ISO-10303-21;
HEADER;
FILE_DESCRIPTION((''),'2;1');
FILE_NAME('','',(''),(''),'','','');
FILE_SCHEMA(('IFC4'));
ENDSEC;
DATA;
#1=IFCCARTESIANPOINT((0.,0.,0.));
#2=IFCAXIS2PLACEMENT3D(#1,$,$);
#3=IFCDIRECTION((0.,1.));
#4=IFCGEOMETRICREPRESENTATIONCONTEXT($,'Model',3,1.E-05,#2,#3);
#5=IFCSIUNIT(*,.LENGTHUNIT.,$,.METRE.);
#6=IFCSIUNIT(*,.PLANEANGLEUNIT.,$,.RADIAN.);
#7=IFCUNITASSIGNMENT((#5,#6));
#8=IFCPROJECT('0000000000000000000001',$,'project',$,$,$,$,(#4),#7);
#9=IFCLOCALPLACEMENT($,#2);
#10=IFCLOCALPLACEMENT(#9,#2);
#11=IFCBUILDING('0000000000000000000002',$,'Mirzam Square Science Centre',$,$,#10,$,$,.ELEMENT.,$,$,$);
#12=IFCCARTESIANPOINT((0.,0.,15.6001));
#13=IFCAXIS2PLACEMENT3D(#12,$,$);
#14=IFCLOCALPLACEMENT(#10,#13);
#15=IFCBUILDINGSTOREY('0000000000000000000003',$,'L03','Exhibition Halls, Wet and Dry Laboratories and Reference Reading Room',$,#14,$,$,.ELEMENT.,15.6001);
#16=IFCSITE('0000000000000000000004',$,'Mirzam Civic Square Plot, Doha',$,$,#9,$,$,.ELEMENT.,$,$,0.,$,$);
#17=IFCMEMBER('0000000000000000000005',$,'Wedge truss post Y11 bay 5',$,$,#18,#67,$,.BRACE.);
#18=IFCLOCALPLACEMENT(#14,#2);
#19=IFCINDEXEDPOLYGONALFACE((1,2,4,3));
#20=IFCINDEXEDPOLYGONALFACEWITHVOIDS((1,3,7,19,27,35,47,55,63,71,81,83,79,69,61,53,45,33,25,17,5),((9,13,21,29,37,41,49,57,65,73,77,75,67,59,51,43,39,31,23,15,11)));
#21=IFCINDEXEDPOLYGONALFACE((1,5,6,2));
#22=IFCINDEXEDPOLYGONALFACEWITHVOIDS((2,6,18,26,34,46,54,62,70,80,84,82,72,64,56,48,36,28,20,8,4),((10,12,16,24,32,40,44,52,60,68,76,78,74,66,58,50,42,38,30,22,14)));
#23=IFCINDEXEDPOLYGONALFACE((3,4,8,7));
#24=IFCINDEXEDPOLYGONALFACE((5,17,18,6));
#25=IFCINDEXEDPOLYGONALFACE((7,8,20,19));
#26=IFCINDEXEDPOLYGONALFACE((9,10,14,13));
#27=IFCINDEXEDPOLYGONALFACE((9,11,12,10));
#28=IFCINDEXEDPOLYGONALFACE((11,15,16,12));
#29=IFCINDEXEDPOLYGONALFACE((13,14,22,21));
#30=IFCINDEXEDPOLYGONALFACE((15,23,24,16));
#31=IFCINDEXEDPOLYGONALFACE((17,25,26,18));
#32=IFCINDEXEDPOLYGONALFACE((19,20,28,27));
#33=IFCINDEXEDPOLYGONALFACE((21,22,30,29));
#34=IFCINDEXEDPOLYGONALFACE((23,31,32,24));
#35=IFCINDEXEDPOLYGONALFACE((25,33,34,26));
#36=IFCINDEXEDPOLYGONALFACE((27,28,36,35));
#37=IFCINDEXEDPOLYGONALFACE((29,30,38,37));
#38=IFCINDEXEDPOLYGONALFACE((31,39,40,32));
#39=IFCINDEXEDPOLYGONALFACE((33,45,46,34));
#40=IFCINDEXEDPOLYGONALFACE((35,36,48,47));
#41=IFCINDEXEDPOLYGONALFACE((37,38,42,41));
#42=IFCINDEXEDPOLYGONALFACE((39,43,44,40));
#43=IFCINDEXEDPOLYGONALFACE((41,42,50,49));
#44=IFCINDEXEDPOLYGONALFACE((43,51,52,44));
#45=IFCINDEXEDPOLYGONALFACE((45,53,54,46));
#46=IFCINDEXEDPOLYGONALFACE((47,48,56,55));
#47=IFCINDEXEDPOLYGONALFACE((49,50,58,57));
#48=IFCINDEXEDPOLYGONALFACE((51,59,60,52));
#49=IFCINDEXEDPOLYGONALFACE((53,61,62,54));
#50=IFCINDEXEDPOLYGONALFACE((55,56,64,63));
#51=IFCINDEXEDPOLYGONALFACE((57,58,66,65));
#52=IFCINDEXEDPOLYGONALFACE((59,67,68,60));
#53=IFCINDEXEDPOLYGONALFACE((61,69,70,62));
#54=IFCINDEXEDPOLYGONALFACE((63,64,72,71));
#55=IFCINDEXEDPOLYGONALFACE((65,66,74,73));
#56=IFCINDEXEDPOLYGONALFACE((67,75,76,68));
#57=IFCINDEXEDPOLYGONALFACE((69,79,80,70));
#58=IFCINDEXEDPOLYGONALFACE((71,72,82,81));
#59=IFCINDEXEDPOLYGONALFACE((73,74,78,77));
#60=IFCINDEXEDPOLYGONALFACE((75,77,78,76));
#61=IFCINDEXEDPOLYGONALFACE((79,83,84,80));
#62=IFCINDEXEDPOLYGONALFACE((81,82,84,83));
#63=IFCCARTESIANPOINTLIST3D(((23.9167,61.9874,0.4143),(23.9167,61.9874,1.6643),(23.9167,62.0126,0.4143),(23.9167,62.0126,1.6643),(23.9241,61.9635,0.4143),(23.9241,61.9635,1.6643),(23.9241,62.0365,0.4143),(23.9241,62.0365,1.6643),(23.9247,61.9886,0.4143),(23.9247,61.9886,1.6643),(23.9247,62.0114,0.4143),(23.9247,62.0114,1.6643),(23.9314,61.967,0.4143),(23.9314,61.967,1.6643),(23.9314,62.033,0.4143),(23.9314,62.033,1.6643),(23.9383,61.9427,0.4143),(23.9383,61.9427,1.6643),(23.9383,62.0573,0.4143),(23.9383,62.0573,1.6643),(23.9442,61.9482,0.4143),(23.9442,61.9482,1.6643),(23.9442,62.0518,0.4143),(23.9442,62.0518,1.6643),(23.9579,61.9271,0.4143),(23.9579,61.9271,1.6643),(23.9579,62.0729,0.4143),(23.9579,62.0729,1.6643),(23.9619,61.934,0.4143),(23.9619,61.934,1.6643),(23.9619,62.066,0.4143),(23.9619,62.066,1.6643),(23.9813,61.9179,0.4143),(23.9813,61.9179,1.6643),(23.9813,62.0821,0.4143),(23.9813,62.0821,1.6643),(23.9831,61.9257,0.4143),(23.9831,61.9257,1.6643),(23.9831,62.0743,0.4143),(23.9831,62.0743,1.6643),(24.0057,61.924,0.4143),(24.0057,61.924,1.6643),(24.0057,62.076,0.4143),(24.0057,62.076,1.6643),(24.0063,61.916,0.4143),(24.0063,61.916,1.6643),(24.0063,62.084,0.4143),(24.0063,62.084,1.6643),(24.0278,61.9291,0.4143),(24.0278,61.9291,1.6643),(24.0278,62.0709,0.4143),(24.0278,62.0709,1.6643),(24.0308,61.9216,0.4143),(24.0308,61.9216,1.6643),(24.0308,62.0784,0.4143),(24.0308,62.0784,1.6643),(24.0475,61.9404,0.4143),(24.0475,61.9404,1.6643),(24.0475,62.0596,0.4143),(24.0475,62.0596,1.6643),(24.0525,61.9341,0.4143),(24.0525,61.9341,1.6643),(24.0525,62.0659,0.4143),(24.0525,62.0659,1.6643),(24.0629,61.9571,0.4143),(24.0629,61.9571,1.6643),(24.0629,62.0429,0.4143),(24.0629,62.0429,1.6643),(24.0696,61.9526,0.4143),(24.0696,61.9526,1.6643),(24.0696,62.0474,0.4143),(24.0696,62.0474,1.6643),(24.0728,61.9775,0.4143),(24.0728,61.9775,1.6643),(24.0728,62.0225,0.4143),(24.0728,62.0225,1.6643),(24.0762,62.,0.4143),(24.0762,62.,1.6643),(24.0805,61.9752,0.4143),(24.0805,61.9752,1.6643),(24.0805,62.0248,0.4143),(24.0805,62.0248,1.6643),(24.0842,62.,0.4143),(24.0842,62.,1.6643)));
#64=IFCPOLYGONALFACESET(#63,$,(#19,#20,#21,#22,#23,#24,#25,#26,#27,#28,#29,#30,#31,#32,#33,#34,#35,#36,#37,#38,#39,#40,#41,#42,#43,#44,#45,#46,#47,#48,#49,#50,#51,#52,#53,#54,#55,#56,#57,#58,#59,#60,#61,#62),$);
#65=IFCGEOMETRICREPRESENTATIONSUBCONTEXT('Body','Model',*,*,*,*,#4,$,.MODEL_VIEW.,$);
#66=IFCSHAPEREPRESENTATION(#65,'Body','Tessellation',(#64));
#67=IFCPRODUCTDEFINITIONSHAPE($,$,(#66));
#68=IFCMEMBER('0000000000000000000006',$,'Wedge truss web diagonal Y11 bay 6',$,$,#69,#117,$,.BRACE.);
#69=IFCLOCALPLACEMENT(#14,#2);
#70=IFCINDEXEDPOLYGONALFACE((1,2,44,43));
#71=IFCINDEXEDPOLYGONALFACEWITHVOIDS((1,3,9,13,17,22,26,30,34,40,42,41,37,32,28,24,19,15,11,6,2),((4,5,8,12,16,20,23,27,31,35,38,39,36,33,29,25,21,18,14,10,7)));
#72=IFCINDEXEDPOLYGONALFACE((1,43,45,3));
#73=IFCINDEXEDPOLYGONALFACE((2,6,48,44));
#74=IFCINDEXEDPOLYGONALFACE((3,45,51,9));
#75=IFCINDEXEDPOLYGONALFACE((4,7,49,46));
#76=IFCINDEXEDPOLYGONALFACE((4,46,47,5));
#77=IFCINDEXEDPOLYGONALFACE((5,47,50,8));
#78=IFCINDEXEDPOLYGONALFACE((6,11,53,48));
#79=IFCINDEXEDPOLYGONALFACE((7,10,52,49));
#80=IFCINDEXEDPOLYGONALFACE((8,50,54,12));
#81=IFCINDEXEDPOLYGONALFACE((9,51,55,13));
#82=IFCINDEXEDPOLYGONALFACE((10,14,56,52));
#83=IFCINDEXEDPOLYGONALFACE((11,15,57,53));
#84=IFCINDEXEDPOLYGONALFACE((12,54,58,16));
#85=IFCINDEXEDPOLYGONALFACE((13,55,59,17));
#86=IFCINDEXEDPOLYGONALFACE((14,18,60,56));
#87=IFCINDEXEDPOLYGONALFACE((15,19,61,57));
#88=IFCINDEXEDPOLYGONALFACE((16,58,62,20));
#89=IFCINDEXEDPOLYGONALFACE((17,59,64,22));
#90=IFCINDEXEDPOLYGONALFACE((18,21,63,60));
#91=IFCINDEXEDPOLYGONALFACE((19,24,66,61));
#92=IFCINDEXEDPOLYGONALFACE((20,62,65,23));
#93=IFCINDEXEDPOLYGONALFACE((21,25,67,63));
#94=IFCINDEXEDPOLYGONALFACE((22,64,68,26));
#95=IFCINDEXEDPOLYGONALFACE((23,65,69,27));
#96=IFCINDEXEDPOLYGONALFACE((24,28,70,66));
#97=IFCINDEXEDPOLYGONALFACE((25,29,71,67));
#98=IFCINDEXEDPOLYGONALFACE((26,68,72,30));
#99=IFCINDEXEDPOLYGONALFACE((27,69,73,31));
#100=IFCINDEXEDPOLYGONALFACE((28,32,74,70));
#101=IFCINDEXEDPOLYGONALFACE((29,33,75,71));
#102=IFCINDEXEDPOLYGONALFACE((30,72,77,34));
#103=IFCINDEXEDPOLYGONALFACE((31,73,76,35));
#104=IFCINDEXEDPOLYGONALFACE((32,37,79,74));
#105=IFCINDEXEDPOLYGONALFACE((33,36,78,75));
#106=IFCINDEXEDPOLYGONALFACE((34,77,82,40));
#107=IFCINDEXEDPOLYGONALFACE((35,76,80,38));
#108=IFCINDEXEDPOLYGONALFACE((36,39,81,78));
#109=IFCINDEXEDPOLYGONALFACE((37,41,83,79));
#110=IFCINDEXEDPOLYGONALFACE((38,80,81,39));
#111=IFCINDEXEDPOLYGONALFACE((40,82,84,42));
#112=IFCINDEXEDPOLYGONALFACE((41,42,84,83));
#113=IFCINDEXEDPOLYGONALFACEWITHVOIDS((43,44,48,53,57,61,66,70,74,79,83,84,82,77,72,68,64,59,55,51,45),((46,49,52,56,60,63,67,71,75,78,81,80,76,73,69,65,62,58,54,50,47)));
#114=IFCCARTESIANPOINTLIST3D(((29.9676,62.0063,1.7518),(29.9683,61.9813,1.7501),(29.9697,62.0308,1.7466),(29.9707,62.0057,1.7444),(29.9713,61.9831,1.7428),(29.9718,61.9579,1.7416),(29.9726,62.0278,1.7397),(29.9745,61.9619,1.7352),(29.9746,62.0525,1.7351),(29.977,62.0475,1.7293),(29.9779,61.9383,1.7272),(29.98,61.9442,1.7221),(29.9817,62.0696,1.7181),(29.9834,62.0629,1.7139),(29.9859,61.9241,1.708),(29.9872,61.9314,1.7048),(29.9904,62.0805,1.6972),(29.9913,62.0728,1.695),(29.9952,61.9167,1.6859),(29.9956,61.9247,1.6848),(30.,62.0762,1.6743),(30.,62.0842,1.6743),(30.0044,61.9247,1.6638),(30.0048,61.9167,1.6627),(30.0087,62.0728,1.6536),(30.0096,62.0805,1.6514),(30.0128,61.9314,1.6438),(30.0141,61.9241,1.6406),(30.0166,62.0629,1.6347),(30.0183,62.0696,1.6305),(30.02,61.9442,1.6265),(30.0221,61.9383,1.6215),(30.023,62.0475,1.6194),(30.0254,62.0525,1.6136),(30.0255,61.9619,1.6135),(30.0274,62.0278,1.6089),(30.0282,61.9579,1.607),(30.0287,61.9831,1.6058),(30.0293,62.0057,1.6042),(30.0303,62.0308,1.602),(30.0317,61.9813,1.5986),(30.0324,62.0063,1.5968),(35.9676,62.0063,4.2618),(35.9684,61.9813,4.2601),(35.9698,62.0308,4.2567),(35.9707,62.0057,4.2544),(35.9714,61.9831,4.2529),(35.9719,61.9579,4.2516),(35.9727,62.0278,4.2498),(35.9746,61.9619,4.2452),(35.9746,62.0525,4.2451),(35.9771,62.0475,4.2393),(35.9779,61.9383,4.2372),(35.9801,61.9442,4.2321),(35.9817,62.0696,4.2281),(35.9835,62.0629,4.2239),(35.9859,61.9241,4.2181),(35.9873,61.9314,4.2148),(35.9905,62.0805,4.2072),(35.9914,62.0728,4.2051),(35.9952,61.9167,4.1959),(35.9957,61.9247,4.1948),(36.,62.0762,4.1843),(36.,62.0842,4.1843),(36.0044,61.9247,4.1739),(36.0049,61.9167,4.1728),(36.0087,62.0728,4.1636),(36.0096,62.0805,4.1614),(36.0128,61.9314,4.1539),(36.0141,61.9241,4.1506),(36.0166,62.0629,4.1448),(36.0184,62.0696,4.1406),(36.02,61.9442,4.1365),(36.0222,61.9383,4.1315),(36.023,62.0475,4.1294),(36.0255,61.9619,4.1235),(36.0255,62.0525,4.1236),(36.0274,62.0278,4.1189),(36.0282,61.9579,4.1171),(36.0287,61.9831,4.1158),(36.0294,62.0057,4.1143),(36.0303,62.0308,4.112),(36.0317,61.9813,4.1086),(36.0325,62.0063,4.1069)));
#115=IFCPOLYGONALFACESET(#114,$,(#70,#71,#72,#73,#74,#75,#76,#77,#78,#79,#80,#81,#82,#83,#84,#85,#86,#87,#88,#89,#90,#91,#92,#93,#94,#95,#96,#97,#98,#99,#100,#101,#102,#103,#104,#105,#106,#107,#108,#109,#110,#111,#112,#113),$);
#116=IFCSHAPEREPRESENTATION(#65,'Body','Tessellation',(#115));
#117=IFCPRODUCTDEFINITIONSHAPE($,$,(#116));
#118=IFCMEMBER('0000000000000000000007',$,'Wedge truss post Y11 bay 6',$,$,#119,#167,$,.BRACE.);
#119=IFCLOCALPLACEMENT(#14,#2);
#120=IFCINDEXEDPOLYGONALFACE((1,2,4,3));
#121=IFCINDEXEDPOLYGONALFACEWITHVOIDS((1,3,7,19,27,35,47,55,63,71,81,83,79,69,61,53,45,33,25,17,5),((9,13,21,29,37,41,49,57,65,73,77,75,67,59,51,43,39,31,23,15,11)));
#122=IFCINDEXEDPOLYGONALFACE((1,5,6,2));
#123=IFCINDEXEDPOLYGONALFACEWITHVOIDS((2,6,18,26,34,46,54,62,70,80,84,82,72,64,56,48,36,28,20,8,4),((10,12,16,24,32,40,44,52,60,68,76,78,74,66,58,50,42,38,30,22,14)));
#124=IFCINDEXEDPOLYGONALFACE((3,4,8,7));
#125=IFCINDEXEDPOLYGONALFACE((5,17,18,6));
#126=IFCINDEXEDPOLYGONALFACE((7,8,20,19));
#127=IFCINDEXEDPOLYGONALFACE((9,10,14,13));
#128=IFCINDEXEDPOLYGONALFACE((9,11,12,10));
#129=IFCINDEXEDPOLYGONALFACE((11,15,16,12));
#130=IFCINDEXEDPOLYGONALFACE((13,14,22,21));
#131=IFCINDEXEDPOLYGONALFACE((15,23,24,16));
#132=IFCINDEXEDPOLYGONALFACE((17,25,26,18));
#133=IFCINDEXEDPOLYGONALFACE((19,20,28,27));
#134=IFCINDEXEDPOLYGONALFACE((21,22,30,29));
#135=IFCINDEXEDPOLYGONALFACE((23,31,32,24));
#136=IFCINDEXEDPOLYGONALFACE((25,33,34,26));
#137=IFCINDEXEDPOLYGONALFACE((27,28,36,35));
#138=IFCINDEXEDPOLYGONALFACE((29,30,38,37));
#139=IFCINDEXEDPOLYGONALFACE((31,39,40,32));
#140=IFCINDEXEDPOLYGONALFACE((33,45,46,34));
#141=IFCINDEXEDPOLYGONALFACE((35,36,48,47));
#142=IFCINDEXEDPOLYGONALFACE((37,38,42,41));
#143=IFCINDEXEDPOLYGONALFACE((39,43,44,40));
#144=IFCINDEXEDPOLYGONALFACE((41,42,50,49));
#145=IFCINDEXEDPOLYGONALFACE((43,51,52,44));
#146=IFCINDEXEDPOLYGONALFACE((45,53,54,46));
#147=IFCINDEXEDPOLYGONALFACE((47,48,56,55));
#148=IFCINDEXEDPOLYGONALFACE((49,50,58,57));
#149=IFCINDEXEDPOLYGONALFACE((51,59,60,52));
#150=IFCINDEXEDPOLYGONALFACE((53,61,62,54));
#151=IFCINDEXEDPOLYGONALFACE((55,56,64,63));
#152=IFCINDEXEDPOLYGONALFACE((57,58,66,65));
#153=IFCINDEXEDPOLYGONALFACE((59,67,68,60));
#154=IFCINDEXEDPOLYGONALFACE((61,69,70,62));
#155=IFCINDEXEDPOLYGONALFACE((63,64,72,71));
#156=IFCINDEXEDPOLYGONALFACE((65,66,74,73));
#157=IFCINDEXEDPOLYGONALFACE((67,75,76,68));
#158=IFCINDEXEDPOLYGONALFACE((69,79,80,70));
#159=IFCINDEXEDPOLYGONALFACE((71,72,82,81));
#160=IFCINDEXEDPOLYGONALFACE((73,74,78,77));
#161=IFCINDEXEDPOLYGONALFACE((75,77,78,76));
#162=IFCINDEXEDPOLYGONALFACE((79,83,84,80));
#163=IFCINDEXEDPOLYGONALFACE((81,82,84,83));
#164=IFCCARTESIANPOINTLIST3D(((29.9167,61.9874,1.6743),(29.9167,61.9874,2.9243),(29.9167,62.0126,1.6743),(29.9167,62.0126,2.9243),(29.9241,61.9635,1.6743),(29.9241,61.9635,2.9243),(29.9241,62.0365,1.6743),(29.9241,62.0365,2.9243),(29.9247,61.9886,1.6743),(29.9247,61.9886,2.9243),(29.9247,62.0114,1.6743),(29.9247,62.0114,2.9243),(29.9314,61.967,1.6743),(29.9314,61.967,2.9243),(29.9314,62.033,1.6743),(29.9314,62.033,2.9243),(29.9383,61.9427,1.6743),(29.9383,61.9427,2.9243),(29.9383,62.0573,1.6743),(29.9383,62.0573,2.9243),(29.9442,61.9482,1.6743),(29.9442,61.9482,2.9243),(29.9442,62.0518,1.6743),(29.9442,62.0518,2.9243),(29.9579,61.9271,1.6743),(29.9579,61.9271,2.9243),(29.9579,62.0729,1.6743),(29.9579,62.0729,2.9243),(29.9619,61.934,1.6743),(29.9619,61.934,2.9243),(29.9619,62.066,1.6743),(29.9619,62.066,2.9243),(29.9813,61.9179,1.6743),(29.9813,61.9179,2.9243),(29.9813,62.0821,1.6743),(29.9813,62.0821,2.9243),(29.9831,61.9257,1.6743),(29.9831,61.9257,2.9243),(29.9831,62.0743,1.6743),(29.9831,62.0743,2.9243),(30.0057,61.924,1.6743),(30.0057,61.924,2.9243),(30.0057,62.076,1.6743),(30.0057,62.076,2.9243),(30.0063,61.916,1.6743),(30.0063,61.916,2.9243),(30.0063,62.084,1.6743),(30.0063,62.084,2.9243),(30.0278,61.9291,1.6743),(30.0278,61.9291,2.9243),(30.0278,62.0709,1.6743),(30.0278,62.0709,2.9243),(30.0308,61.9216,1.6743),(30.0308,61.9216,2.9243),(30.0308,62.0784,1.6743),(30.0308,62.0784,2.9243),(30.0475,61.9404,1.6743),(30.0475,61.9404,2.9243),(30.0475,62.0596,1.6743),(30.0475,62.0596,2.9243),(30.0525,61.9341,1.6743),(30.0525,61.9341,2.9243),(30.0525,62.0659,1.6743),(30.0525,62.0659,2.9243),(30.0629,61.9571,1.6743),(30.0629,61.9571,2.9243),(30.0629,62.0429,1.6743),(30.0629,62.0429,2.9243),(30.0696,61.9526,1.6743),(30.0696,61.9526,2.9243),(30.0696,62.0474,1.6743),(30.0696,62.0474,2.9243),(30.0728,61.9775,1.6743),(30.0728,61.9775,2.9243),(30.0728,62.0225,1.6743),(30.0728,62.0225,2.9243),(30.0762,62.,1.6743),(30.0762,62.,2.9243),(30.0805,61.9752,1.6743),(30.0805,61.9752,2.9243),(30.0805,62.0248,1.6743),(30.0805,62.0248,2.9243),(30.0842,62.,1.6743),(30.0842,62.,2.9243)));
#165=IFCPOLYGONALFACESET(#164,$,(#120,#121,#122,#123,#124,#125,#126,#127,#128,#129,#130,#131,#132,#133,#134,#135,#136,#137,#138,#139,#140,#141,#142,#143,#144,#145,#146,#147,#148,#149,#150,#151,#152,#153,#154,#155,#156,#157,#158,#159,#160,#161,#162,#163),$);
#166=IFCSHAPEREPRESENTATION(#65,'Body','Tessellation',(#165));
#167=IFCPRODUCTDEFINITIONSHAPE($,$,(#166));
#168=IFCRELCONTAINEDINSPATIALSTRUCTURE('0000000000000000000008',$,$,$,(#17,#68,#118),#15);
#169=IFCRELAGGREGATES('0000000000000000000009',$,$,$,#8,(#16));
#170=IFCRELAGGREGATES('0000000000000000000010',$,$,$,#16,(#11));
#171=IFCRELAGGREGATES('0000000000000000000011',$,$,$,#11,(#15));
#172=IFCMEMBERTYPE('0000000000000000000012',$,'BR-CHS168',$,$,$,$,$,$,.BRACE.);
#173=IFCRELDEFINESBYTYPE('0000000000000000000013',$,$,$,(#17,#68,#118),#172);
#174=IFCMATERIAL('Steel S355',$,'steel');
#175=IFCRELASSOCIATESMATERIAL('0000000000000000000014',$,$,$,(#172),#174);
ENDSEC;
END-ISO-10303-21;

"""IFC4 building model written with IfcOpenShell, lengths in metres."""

from ifc_helpers import new_model, si_unit, direction, frame, origin, origin_2d, place, context, subcontext, project, spatial, hollow_circle, extrude, material, material_profile, profile_set, type_object, element, save


model = new_model("IFC4")

# Units and contexts
model_context = context("Model", 3, precision=1e-05, world=origin(), true_north=direction((0.0, 1.0)))
body_context = subcontext(model_context, "Body", "Model", "MODEL_VIEW")
ifc_project = project(units=[si_unit("LENGTHUNIT", "METRE"), si_unit("PLANEANGLEUNIT", "RADIAN")], contexts=[model_context])

# Site, building, storey
site_placement = place(None, origin())
site = spatial("IfcSite", under=ifc_project, at=site_placement, Name="Mirzam Civic Square Plot, Doha", CompositionType="ELEMENT", RefElevation=0.0)
building_placement = place(site_placement, origin())
building = spatial("IfcBuilding", under=site, at=building_placement, Name="Mirzam Square Science Centre", CompositionType="ELEMENT")
storey_placement = place(building_placement, frame((0.0, 0.0, 15.6001)))
storey = spatial("IfcBuildingStorey", under=building, at=storey_placement, Name="L03", Description="Exhibition Halls, Wet and Dry Laboratories and Reference Reading Room", CompositionType="ELEMENT", Elevation=15.6001)

# Shared definitions
ifc_material_1 = material(Name="Steel S355", Category="steel")

# Members
ifc_material_profile_1 = material_profile(ifc_material_1, hollow_circle(Radius=0.0842, WallThickness=0.0081, at=origin_2d()), Name="168.3x8.0CHS")
ifc_profile_set_1 = profile_set([ifc_material_profile_1], Name="Steel S355")
member_type_1 = type_object("IfcMemberType", Name="BR-CHS168", PredefinedType="BRACE", material=ifc_profile_set_1)
member_1_placement = place(storey_placement, frame((24.0, 62.0, 0.4143), z_axis=(0.0, 0.0, 1.0), x_axis=(1.0, 0.0, 0.0)))
element("IfcMember", 1, at=member_1_placement, inside=storey, type_object=member_type_1, Name="Wedge truss post Y11 bay 5", PredefinedType="BRACE", context=body_context, shape_type="SweptSolid", body=[
    extrude(hollow_circle(Radius=0.0842, WallThickness=0.0081, at=origin_2d()), origin(), (0.0, 0.0, 1.0), 1.25),
])
member_2_placement = place(storey_placement, frame((30.0, 62.0, 1.6743), z_axis=(0.92253, 0.0, 0.385926), x_axis=(0.0, 1.0, 0.0)))
element("IfcMember", 2, at=member_2_placement, inside=storey, type_object=member_type_1, Name="Wedge truss web diagonal Y11 bay 6", PredefinedType="BRACE", context=body_context, shape_type="SweptSolid", body=[
    extrude(hollow_circle(Radius=0.0842, WallThickness=0.0081, at=origin_2d()), origin(), (0.0, 0.0, 1.0), 6.5039),
])
member_3_placement = place(storey_placement, frame((30.0, 62.0, 1.6743), z_axis=(0.0, 0.0, 1.0), x_axis=(1.0, 0.0, 0.0)))
element("IfcMember", 3, at=member_3_placement, inside=storey, type_object=member_type_1, Name="Wedge truss post Y11 bay 6", PredefinedType="BRACE", context=body_context, shape_type="SweptSolid", body=[
    extrude(hollow_circle(Radius=0.0842, WallThickness=0.0081, at=origin_2d()), origin(), (0.0, 0.0, 1.0), 1.25),
])

save(model, "model.ifc")
